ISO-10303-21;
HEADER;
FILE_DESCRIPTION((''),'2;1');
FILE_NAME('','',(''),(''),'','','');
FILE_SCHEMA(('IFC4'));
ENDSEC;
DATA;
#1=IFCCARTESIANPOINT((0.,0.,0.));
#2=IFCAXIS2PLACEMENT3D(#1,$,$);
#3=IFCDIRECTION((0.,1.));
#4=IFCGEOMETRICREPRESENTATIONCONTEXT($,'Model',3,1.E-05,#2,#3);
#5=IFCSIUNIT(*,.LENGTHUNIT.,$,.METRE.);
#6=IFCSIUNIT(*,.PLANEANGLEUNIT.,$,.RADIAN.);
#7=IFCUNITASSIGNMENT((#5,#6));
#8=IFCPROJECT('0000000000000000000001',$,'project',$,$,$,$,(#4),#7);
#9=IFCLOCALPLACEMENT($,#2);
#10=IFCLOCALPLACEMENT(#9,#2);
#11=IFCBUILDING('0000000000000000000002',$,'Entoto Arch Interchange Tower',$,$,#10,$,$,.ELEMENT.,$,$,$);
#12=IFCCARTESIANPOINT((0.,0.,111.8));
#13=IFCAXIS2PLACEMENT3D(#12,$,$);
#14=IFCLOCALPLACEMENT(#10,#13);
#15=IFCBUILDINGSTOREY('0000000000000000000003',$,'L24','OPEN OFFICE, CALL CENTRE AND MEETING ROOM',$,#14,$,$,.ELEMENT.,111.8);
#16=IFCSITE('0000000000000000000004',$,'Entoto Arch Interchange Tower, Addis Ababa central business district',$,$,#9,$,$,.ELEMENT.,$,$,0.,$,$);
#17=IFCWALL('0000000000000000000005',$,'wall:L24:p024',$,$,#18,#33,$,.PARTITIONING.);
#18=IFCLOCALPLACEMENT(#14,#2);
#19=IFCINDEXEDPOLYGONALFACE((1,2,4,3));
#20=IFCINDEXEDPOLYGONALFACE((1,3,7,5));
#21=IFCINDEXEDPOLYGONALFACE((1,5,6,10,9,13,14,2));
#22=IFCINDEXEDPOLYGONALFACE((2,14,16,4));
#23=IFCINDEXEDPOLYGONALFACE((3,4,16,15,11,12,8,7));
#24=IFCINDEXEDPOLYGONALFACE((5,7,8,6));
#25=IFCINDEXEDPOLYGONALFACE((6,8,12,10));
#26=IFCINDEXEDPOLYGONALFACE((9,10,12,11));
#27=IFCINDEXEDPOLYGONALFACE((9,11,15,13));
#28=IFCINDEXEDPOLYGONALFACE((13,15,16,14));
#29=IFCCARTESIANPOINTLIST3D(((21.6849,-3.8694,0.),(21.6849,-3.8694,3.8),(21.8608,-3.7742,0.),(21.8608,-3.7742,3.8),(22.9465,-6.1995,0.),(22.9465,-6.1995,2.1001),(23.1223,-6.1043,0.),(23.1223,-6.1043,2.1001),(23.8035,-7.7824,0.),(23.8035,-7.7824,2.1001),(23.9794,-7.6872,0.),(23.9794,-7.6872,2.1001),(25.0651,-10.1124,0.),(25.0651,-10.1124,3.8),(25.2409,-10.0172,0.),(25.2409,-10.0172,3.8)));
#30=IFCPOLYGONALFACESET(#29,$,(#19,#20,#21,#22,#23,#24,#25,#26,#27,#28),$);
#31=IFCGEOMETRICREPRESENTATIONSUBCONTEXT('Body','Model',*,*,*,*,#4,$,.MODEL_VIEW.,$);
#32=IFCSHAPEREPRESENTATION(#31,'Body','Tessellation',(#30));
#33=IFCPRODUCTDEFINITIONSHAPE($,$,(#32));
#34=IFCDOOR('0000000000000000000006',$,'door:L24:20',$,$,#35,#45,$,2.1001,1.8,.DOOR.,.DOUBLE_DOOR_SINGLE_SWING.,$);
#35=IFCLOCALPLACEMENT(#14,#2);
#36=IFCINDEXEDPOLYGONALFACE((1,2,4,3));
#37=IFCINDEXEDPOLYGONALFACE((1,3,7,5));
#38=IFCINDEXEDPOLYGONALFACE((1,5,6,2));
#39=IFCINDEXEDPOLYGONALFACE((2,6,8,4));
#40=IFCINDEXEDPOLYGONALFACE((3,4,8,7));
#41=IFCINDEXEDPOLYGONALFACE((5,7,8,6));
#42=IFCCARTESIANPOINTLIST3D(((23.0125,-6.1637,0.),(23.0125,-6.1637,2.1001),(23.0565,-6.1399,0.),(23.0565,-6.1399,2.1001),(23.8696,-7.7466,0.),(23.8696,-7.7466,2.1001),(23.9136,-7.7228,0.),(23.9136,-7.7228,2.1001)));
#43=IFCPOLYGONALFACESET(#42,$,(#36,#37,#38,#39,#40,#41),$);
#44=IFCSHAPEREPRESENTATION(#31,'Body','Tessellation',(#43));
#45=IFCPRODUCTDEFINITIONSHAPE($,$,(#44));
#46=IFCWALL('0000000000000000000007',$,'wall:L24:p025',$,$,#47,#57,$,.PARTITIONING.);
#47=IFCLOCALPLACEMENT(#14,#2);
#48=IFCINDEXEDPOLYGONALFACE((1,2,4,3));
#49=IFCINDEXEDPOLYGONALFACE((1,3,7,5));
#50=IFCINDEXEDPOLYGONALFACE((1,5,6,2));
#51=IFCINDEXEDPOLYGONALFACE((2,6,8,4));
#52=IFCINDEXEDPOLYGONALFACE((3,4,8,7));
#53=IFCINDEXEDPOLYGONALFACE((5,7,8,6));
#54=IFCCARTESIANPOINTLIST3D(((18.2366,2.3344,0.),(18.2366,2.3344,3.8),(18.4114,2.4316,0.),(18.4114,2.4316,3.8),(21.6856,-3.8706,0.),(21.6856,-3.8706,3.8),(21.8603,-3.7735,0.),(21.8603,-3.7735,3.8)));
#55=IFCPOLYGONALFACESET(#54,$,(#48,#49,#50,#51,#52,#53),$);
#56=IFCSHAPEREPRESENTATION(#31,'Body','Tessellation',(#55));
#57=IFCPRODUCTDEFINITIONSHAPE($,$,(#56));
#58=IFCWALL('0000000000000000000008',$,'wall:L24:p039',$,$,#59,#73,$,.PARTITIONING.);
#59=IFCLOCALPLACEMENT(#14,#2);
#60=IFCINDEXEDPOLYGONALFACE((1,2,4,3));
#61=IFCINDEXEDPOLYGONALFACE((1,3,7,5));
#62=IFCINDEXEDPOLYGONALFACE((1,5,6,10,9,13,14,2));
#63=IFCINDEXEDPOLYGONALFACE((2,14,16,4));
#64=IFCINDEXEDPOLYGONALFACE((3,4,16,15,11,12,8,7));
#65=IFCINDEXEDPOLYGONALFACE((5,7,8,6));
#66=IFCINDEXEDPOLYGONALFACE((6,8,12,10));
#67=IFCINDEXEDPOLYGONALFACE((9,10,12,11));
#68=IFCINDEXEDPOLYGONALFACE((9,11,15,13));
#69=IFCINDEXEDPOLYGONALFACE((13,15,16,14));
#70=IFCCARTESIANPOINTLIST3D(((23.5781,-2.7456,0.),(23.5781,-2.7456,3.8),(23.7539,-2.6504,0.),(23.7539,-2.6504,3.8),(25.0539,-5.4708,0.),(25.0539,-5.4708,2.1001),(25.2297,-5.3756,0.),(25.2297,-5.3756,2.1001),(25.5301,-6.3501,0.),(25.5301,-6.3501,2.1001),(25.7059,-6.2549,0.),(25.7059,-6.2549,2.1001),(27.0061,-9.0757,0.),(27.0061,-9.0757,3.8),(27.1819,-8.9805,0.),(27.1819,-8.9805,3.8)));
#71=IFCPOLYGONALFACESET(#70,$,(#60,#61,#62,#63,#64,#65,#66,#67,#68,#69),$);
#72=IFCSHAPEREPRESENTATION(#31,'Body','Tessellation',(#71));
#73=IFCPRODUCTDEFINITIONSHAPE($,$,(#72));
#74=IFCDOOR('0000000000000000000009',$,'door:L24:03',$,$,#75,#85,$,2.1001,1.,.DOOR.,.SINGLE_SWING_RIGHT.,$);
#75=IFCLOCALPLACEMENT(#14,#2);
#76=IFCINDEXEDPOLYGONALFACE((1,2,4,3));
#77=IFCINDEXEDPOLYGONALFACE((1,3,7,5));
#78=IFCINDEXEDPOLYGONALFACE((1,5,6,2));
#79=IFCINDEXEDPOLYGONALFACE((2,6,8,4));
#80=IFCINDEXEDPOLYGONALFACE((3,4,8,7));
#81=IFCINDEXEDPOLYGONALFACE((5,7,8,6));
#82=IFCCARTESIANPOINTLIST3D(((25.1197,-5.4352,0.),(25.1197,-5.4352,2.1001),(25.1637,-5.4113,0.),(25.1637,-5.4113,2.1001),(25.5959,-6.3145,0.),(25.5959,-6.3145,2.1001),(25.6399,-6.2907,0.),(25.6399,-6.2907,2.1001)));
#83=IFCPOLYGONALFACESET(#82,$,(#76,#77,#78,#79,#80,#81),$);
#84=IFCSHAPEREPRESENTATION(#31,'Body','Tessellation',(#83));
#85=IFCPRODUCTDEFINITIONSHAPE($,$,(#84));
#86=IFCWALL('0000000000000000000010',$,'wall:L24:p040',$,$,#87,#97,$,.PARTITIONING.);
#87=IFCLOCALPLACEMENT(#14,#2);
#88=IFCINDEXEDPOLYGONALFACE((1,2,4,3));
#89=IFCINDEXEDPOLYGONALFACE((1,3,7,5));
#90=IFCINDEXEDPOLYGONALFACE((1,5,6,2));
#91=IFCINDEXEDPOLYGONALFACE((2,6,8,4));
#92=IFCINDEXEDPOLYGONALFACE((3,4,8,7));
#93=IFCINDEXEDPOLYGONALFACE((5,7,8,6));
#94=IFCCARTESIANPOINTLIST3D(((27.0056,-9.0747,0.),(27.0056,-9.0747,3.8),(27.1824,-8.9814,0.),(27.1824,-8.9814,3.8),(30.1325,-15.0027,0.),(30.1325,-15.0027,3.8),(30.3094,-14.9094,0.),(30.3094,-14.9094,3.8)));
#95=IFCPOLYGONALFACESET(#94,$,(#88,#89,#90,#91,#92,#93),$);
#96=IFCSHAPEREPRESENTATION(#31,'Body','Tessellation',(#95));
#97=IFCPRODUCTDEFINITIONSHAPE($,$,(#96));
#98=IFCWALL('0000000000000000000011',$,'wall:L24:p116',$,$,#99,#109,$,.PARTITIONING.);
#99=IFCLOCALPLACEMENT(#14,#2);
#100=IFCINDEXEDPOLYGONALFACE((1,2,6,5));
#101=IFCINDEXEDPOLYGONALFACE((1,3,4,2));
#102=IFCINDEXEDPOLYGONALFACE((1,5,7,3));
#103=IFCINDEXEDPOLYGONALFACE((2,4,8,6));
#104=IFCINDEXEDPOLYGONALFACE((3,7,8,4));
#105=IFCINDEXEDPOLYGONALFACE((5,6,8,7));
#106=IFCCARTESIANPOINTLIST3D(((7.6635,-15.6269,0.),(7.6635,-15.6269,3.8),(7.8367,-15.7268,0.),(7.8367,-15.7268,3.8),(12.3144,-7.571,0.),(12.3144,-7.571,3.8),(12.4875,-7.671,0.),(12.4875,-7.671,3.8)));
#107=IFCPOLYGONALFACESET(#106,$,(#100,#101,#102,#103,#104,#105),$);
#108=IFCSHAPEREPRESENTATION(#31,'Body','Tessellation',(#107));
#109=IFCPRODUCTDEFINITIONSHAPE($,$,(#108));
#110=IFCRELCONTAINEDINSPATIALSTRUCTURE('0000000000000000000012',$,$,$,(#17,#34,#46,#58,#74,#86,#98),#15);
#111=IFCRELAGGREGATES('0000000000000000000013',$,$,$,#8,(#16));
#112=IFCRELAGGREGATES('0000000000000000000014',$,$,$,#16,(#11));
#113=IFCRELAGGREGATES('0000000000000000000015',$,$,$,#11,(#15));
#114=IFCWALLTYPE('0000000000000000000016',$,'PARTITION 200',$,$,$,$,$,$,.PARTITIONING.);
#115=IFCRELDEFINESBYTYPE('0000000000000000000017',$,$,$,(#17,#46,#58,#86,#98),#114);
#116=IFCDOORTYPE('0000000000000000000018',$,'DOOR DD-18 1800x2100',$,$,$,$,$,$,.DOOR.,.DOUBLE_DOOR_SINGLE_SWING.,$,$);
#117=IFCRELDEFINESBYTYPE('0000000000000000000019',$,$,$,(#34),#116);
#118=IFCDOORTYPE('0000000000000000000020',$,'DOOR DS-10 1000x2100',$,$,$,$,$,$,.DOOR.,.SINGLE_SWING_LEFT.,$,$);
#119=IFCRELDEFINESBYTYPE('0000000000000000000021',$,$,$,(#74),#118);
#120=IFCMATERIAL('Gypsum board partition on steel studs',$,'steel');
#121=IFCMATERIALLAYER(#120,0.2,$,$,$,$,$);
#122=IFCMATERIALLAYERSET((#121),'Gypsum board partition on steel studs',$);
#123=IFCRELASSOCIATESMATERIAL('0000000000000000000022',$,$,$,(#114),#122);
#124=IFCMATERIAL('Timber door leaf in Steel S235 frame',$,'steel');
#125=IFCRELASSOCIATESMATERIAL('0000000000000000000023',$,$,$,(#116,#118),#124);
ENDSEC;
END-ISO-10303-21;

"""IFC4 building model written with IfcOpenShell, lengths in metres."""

from ifc_helpers import new_model, si_unit, direction, frame, frame_2d, origin, place, context, subcontext, project, spatial, rectangle, extrude, material, layer, layer_set, type_object, element, fill, save


model = new_model("IFC4")

# Units and contexts
model_context = context("Model", 3, precision=1e-05, world=origin(), true_north=direction((0.0, 1.0)))
body_context = subcontext(model_context, "Body", "Model", "MODEL_VIEW")
ifc_project = project(units=[si_unit("LENGTHUNIT", "METRE"), si_unit("PLANEANGLEUNIT", "RADIAN")], contexts=[model_context])

# Site, building, storey
site_placement = place(None, origin())
site = spatial("IfcSite", under=ifc_project, at=site_placement, Name="Entoto Arch Interchange Tower, Addis Ababa central business district", CompositionType="ELEMENT", RefElevation=0.0)
building_placement = place(site_placement, origin())
building = spatial("IfcBuilding", under=site, at=building_placement, Name="Entoto Arch Interchange Tower", CompositionType="ELEMENT")
storey_placement = place(building_placement, frame((0.0, 0.0, 111.8)))
storey = spatial("IfcBuildingStorey", under=building, at=storey_placement, Name="L24", Description="OPEN OFFICE, CALL CENTRE AND MEETING ROOM", CompositionType="ELEMENT", Elevation=111.8)

# Shared definitions
ifc_material_1 = material(Name="Gypsum board partition on steel studs", Category="steel")

# Wall, opening, door
ifc_layer_1 = layer(ifc_material_1, 0.2)
ifc_layer_set_1 = layer_set([ifc_layer_1], Name="Gypsum board partition on steel studs")
wall_type_1 = type_object("IfcWallType", Name="PARTITION 200", PredefinedType="PARTITIONING", material=ifc_layer_set_1)
wall_1_placement = place(storey_placement, frame((25.1531, -10.0649, 0.0), z_axis=(0.0, 0.0, 1.0), x_axis=(-0.476125, 0.879378, 0.0)))
wall_1 = element("IfcWall", 1, at=wall_1_placement, inside=storey, type_object=wall_type_1, Name="wall:L24:p024", PredefinedType="PARTITIONING", context=body_context, shape_type="SweptSolid", body=[
    extrude(rectangle(XDim=7.0994, YDim=0.2, at=frame_2d((3.5498, 0.0))), origin(), (0.0, 0.0, 1.0), 3.8),
])
opening_1_placement = place(wall_1_placement, frame((2.6499, 0.0, 0.0)))
opening_1 = element("IfcOpeningElement", 2, at=opening_1_placement, cuts=wall_1, PredefinedType="OPENING", context=body_context, shape_type="SweptSolid", body=[
    extrude(rectangle(XDim=1.8, YDim=2.1001, at=frame_2d((0.8999, 1.05))), frame((0.0, 0.1099, 0.0), z_axis=(0.0, -1.0, 0.0), x_axis=(1.0, 0.0, 0.0)), (0.0, 0.0, 1.0), 0.22),
])
ifc_material_2 = material(Name="Timber door leaf in Steel S235 frame", Category="steel")
door_type_1 = type_object("IfcDoorType", Name="DOOR DD-18 1800x2100", OperationType="DOUBLE_DOOR_SINGLE_SWING", PredefinedType="DOOR", material=ifc_material_2)
door_1_placement = place(opening_1_placement, origin())
door_1 = element("IfcDoor", 3, at=door_1_placement, inside=storey, type_object=door_type_1, Name="door:L24:20", OperationType="DOUBLE_DOOR_SINGLE_SWING", OverallHeight=2.1001, OverallWidth=1.8, PredefinedType="DOOR", context=body_context, shape_type="SweptSolid", body=[
    extrude(rectangle(XDim=1.8, YDim=2.1001, at=frame_2d((0.8999, 1.05))), frame((0.0, 0.0249, 0.0), z_axis=(0.0, -1.0, 0.0), x_axis=(1.0, 0.0, 0.0)), (0.0, 0.0, 1.0), 0.05),
])
fill(opening_1, door_1)

# Wall
wall_2_placement = place(storey_placement, frame((21.7729, -3.822, 0.0), z_axis=(0.0, 0.0, 1.0), x_axis=(-0.485827, 0.874055, 0.0)))
element("IfcWall", 4, at=wall_2_placement, inside=storey, type_object=wall_type_1, Name="wall:L24:p025", PredefinedType="PARTITIONING", context=body_context, shape_type="SweptSolid", body=[
    extrude(rectangle(XDim=7.0991, YDim=0.2, at=frame_2d((3.5496, 0.0))), origin(), (0.0, 0.0, 1.0), 3.8),
])

# Wall, opening, door
wall_3_placement = place(storey_placement, frame((23.666, -2.698, 0.0), z_axis=(0.0, 0.0, 1.0), x_axis=(0.476196, -0.879339, 0.0)))
wall_3 = element("IfcWall", 5, at=wall_3_placement, inside=storey, type_object=wall_type_1, Name="wall:L24:p039", PredefinedType="PARTITIONING", context=body_context, shape_type="SweptSolid", body=[
    extrude(rectangle(XDim=7.1987, YDim=0.2, at=frame_2d((3.5994, 0.0))), origin(), (0.0, 0.0, 1.0), 3.8),
])
opening_2_placement = place(wall_3_placement, frame((3.0991, 0.0, 0.0)))
opening_2 = element("IfcOpeningElement", 6, at=opening_2_placement, cuts=wall_3, PredefinedType="OPENING", context=body_context, shape_type="SweptSolid", body=[
    extrude(rectangle(XDim=1.0, YDim=2.1001, at=frame_2d((0.5, 1.05))), frame((0.0, 0.1099, 0.0), z_axis=(0.0, -1.0, 0.0), x_axis=(1.0, 0.0, 0.0)), (0.0, 0.0, 1.0), 0.22),
])
door_type_2 = type_object("IfcDoorType", Name="DOOR DS-10 1000x2100", OperationType="SINGLE_SWING_LEFT", PredefinedType="DOOR", material=ifc_material_2)
door_2_placement = place(opening_2_placement, origin())
door_2 = element("IfcDoor", 7, at=door_2_placement, inside=storey, type_object=door_type_2, Name="door:L24:03", OperationType="SINGLE_SWING_RIGHT", OverallHeight=2.1001, OverallWidth=1.0, PredefinedType="DOOR", context=body_context, shape_type="SweptSolid", body=[
    extrude(rectangle(XDim=1.0, YDim=2.1001, at=frame_2d((0.5, 1.05))), frame((0.0, 0.0249, 0.0), z_axis=(0.0, -1.0, 0.0), x_axis=(1.0, 0.0, 0.0)), (0.0, 0.0, 1.0), 0.05),
])
fill(opening_2, door_2)

# Walls
wall_4_placement = place(storey_placement, frame((27.094, -9.0281, 0.0), z_axis=(0.0, 0.0, 1.0), x_axis=(0.46656, -0.88449, 0.0)))
element("IfcWall", 8, at=wall_4_placement, inside=storey, type_object=wall_type_1, Name="wall:L24:p040", PredefinedType="PARTITIONING", context=body_context, shape_type="SweptSolid", body=[
    extrude(rectangle(XDim=6.7021, YDim=0.2, at=frame_2d((3.3511, 0.0))), origin(), (0.0, 0.0, 1.0), 3.8),
])
wall_5_placement = place(storey_placement, frame((12.4009, -7.6211, 0.0), z_axis=(0.0, 0.0, 1.0), x_axis=(-0.499984, -0.866035, 0.0)))
element("IfcWall", 9, at=wall_5_placement, inside=storey, type_object=wall_type_1, Name="wall:L24:p116", PredefinedType="PARTITIONING", context=body_context, shape_type="SweptSolid", body=[
    extrude(rectangle(XDim=9.302, YDim=0.2, at=frame_2d((4.6509, 0.0))), origin(), (0.0, 0.0, 1.0), 3.8),
])

save(model, "model.ifc")
